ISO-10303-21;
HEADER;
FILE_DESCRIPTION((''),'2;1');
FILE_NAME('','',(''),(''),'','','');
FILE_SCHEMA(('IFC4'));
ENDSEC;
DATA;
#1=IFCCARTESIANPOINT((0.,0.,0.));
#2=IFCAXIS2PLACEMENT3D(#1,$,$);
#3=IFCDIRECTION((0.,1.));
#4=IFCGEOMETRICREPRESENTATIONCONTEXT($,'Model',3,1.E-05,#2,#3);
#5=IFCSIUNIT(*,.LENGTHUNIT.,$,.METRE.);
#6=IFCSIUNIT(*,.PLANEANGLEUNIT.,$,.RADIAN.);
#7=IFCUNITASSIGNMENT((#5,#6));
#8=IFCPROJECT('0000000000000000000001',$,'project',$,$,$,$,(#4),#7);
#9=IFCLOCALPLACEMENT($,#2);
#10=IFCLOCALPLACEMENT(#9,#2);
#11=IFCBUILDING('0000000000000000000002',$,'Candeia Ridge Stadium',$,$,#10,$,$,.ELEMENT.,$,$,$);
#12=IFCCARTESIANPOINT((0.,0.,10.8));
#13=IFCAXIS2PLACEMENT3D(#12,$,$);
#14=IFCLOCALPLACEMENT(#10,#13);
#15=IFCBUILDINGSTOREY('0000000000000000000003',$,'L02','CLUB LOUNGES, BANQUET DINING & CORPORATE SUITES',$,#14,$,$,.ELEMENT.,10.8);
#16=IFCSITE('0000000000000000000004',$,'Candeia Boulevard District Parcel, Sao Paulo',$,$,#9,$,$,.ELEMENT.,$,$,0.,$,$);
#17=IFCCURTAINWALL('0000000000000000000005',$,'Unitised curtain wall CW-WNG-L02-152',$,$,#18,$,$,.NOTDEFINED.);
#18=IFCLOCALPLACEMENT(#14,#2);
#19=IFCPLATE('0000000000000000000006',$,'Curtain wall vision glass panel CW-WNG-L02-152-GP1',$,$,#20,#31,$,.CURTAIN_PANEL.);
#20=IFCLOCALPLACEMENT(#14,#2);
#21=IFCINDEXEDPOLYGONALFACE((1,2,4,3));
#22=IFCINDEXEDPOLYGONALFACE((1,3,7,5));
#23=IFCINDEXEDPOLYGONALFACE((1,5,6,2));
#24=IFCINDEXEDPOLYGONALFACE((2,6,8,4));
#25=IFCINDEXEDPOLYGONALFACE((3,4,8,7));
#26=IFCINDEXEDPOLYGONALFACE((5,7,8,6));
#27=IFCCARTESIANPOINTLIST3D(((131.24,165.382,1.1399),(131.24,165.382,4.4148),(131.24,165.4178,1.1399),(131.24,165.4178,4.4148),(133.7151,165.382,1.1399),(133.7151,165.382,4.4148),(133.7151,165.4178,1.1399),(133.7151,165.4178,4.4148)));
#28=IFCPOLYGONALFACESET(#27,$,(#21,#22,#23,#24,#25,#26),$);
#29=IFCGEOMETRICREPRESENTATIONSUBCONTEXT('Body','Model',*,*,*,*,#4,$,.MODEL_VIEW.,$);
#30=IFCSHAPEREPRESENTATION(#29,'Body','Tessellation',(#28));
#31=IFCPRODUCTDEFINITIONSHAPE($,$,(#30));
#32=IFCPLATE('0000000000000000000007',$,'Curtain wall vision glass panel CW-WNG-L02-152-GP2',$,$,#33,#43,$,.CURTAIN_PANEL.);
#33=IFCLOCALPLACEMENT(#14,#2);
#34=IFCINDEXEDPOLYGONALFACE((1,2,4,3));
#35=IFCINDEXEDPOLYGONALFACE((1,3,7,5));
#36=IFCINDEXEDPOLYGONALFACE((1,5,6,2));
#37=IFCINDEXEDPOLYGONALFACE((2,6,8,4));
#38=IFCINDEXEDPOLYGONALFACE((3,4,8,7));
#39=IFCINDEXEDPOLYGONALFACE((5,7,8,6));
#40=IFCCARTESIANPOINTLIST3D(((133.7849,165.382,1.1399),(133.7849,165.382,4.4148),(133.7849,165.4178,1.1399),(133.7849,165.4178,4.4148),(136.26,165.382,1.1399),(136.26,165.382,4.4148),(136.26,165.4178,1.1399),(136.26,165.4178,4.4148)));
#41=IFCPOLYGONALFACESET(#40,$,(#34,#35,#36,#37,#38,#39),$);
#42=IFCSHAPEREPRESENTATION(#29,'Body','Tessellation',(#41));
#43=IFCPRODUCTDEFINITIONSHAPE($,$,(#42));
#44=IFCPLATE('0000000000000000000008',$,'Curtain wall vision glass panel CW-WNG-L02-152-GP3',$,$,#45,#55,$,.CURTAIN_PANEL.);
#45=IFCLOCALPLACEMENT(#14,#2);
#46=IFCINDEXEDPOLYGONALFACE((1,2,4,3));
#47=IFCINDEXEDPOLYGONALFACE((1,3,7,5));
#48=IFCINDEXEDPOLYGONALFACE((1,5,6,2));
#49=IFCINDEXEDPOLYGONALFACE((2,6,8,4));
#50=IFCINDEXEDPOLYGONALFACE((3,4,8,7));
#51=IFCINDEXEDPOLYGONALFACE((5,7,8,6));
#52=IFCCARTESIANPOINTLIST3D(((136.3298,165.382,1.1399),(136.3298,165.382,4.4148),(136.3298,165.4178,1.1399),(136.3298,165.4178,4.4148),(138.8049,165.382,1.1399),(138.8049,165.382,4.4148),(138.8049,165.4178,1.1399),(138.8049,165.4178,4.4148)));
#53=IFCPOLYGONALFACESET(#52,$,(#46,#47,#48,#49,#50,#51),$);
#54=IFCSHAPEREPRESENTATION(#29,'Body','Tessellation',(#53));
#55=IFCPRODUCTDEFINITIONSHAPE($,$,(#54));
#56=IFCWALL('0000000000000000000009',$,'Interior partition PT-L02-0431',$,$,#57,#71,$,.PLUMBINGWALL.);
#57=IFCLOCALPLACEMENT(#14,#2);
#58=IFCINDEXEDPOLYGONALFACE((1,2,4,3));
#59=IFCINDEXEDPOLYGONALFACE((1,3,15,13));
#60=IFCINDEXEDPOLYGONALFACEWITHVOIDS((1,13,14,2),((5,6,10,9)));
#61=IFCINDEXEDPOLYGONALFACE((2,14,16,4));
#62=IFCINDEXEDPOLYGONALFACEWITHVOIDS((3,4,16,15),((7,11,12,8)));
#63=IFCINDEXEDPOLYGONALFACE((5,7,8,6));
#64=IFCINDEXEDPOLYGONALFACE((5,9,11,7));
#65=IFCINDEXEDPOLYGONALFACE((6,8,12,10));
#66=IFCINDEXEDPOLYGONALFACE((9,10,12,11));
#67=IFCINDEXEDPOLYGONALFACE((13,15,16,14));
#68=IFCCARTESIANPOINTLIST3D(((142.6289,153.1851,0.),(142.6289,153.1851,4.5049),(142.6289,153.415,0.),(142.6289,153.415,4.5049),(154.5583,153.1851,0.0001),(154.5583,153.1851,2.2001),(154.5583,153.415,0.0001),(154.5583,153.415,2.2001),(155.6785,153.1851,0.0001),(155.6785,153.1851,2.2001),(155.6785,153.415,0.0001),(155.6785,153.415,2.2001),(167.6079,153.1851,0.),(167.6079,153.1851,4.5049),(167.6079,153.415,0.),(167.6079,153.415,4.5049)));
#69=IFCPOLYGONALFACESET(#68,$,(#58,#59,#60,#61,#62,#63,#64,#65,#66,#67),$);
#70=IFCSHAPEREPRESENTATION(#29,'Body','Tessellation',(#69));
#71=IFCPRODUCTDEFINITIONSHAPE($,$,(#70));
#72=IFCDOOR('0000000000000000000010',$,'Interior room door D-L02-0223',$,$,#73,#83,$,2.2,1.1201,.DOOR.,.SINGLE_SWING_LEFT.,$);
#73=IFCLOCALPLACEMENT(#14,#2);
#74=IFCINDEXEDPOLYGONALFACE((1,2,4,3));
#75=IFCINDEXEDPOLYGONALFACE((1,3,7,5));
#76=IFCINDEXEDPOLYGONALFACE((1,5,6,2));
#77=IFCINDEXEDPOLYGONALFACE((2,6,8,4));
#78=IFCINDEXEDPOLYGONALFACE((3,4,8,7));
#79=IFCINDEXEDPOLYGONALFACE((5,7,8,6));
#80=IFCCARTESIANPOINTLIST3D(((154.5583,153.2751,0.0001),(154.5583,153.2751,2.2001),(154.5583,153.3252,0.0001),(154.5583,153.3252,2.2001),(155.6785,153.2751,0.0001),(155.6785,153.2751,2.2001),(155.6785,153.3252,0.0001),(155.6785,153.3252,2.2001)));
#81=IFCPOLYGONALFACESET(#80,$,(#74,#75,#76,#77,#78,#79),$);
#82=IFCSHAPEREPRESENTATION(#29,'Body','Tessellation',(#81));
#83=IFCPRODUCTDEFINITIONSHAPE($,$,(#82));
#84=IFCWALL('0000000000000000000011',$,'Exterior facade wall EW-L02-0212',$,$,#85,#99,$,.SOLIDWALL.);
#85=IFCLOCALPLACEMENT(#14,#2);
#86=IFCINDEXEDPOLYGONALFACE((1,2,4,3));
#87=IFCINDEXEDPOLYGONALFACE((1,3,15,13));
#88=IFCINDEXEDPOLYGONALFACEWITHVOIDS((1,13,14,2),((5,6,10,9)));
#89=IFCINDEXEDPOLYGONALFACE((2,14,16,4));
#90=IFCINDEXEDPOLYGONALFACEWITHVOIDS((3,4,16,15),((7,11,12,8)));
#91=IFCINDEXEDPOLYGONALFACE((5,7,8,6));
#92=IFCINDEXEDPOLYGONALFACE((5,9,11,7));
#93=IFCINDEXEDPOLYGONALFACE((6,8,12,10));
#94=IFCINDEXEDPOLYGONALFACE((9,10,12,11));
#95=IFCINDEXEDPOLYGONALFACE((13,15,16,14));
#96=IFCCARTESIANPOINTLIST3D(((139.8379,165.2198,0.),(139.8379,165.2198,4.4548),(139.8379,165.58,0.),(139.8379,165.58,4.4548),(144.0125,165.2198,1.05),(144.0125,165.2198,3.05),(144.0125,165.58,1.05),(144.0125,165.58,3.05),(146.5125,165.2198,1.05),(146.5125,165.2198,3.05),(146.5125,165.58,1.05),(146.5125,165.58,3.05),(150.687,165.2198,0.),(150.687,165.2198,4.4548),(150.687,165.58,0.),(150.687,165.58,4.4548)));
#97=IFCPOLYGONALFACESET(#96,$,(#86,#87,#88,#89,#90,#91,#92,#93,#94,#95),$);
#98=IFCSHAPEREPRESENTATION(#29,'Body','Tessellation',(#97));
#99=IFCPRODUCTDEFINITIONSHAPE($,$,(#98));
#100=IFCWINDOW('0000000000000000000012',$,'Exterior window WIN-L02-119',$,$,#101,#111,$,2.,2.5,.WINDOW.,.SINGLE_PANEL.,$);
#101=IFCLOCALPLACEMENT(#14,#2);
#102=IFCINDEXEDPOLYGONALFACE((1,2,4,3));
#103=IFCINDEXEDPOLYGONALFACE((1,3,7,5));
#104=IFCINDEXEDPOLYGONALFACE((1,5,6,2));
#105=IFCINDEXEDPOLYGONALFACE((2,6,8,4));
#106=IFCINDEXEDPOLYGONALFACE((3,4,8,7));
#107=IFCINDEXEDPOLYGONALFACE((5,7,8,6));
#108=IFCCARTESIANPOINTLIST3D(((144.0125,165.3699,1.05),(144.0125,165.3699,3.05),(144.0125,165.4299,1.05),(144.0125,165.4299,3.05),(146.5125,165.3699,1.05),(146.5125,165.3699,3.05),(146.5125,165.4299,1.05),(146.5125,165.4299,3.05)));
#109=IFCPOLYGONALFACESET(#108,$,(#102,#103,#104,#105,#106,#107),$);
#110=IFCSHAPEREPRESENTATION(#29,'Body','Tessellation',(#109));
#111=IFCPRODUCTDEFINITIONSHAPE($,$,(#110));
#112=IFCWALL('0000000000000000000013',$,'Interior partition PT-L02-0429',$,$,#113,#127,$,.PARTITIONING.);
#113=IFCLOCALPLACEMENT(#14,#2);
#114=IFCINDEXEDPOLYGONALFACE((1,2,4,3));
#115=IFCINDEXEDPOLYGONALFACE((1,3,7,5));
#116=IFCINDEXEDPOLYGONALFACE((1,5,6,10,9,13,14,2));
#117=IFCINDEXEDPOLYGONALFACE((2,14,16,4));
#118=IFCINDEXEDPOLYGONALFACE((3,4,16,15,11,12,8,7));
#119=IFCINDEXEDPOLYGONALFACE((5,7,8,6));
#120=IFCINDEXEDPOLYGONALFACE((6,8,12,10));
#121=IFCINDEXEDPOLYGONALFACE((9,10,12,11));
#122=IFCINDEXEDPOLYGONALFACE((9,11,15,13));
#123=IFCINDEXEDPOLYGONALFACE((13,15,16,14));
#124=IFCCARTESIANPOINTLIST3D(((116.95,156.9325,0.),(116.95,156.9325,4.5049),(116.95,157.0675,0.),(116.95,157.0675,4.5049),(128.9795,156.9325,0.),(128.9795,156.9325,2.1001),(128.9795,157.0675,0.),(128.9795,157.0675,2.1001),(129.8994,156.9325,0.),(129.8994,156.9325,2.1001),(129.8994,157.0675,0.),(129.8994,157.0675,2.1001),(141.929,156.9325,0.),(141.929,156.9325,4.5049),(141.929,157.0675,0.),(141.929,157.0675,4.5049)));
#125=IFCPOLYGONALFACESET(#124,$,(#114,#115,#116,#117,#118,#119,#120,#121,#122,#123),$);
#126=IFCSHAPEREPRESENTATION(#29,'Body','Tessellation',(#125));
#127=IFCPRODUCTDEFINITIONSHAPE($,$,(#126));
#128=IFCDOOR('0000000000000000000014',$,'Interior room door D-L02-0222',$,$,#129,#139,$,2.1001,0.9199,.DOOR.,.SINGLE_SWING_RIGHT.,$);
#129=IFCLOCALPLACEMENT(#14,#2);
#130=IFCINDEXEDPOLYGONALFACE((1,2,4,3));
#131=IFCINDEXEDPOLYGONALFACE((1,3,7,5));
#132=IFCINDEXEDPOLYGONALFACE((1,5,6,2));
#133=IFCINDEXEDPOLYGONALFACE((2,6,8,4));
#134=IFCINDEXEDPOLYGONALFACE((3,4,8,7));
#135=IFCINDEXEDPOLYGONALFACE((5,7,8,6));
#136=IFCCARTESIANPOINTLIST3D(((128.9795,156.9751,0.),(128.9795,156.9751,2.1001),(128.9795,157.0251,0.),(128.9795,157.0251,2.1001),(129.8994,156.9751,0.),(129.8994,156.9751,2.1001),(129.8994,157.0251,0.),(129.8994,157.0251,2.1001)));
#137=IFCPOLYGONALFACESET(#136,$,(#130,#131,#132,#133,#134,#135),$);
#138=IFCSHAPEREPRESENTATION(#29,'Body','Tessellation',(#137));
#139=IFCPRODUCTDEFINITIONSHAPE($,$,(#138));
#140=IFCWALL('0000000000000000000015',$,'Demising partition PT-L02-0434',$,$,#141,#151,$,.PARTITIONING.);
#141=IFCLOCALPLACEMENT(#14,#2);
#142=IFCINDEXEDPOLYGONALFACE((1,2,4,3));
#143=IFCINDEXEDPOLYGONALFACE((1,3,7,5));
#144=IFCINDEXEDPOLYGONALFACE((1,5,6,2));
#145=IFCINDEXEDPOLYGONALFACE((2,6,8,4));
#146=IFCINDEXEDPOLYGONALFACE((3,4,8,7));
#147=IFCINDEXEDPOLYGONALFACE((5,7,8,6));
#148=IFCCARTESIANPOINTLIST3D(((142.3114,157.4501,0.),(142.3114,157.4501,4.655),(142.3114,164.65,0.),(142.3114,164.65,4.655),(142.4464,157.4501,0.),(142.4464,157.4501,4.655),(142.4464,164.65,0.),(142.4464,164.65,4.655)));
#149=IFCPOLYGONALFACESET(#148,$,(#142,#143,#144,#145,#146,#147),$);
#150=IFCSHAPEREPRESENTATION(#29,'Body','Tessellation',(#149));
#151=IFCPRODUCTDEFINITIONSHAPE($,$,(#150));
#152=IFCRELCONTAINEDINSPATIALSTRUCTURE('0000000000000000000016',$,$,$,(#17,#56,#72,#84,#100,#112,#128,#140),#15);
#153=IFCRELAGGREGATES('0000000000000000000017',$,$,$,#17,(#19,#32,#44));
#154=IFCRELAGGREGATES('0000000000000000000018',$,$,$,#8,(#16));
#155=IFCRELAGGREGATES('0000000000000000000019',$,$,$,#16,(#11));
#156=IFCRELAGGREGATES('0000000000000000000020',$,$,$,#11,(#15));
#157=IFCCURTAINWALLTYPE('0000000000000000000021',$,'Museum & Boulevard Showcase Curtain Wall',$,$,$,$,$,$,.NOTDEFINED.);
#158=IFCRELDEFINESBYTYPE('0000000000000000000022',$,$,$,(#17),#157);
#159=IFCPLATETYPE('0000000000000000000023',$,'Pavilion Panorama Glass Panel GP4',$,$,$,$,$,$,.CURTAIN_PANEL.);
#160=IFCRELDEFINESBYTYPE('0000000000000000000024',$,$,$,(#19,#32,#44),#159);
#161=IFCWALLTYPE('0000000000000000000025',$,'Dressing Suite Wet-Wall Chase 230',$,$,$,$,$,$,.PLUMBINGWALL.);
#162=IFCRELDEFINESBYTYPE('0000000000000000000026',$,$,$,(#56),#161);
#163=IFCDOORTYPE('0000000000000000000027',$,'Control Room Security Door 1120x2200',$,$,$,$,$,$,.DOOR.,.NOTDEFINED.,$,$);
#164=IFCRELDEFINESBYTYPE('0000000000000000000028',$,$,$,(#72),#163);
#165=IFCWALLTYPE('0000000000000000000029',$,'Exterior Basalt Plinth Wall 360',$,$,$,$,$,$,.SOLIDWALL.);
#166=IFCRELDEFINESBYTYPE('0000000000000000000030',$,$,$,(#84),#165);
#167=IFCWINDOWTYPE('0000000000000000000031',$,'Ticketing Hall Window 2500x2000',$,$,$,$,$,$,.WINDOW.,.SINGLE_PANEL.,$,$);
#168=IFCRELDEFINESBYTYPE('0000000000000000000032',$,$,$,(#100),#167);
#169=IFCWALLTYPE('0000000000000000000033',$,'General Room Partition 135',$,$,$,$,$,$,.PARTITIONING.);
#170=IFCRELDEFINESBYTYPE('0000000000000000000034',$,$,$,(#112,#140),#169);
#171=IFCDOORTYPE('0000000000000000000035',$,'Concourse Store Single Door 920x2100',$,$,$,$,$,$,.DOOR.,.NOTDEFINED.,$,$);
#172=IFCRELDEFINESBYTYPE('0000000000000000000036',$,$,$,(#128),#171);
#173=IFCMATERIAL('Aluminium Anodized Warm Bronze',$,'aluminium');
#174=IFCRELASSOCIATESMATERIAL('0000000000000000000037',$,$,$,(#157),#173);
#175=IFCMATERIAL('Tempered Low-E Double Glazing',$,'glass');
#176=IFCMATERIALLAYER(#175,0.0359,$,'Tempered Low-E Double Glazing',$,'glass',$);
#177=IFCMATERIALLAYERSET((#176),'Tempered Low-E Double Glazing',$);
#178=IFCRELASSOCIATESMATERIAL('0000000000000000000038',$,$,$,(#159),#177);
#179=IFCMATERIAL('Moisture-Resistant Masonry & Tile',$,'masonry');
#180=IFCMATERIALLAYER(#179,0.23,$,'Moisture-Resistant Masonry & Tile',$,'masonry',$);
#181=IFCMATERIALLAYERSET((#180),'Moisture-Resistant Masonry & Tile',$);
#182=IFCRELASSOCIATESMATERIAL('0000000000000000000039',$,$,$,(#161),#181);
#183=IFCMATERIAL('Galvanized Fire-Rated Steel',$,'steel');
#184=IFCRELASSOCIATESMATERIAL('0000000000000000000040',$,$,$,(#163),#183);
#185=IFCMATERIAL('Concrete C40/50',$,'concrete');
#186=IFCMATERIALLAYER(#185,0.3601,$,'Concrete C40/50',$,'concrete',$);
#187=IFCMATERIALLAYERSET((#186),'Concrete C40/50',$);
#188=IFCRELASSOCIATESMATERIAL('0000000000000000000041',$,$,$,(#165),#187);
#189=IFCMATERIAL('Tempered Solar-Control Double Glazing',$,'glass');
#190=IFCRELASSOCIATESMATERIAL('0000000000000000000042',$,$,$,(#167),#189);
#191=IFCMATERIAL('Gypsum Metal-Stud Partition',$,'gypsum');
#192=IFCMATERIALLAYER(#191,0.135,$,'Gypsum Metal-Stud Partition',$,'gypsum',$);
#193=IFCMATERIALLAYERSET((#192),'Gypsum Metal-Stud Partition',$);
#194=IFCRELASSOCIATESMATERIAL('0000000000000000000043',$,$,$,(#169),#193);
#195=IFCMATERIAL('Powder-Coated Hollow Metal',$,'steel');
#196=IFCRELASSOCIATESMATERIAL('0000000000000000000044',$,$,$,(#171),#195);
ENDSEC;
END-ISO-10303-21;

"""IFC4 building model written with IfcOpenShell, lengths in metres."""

from ifc_helpers import new_model, si_unit, direction, frame, frame_2d, origin, origin_2d, place, context, subcontext, project, spatial, rectangle, extrude, material, layer, layer_set, type_object, element, fill, aggregate, save


model = new_model("IFC4")

# Units and contexts
model_context = context("Model", 3, precision=1e-05, world=origin(), true_north=direction((0.0, 1.0)))
body_context = subcontext(model_context, "Body", "Model", "MODEL_VIEW")
ifc_project = project(units=[si_unit("LENGTHUNIT", "METRE"), si_unit("PLANEANGLEUNIT", "RADIAN")], contexts=[model_context])

# Site, building, storey
site_placement = place(None, origin())
site = spatial("IfcSite", under=ifc_project, at=site_placement, Name="Candeia Boulevard District Parcel, Sao Paulo", CompositionType="ELEMENT", RefElevation=0.0)
building_placement = place(site_placement, origin())
building = spatial("IfcBuilding", under=site, at=building_placement, Name="Candeia Ridge Stadium", CompositionType="ELEMENT")
storey_placement = place(building_placement, frame((0.0, 0.0, 10.8)))
storey = spatial("IfcBuildingStorey", under=building, at=storey_placement, Name="L02", Description="CLUB LOUNGES, BANQUET DINING & CORPORATE SUITES", CompositionType="ELEMENT", Elevation=10.8)

# Shared definitions
ifc_material_1 = material(Name="Concrete C40/50", Category="concrete")

# Curtain wall
ifc_material_2 = material(Name="Aluminium Anodized Warm Bronze", Category="aluminium")
curtain_wall_type = type_object("IfcCurtainWallType", Name="Museum & Boulevard Showcase Curtain Wall", PredefinedType="NOTDEFINED", material=ifc_material_2)
curtain_wall_placement = place(storey_placement, origin())
curtain_wall = element("IfcCurtainWall", 1, at=curtain_wall_placement, inside=storey, type_object=curtain_wall_type, Name="Unitised curtain wall CW-WNG-L02-152", PredefinedType="NOTDEFINED")

# Plates
ifc_material_3 = material(Name="Tempered Low-E Double Glazing", Category="glass")
ifc_layer_1 = layer(ifc_material_3, 0.0359, Name="Tempered Low-E Double Glazing", Category="glass")
ifc_layer_set_1 = layer_set([ifc_layer_1], Name="Tempered Low-E Double Glazing")
plate_type_1 = type_object("IfcPlateType", Name="Pavilion Panorama Glass Panel GP4", PredefinedType="CURTAIN_PANEL", material=ifc_layer_set_1)
plate_1_placement = place(storey_placement, frame((132.4775, 165.3999, 1.1399), z_axis=(0.0, 0.0, 1.0), x_axis=(1.0, 0.0, 0.0)))
plate_1 = element("IfcPlate", 2, at=plate_1_placement, type_object=plate_type_1, Name="Curtain wall vision glass panel CW-WNG-L02-152-GP1", PredefinedType="CURTAIN_PANEL", context=body_context, shape_type="SweptSolid", body=[
    extrude(rectangle(XDim=2.4751, YDim=0.0359, at=origin_2d()), origin(), (0.0, 0.0, 1.0), 3.2749),
])
plate_2_placement = place(storey_placement, frame((135.0225, 165.3999, 1.1399), z_axis=(0.0, 0.0, 1.0), x_axis=(1.0, 0.0, 0.0)))
plate_2 = element("IfcPlate", 3, at=plate_2_placement, type_object=plate_type_1, Name="Curtain wall vision glass panel CW-WNG-L02-152-GP2", PredefinedType="CURTAIN_PANEL", context=body_context, shape_type="SweptSolid", body=[
    extrude(rectangle(XDim=2.4751, YDim=0.0359, at=origin_2d()), origin(), (0.0, 0.0, 1.0), 3.2749),
])
plate_3_placement = place(storey_placement, frame((137.5674, 165.3999, 1.1399), z_axis=(0.0, 0.0, 1.0), x_axis=(1.0, 0.0, 0.0)))
plate_3 = element("IfcPlate", 4, at=plate_3_placement, type_object=plate_type_1, Name="Curtain wall vision glass panel CW-WNG-L02-152-GP3", PredefinedType="CURTAIN_PANEL", context=body_context, shape_type="SweptSolid", body=[
    extrude(rectangle(XDim=2.4751, YDim=0.0359, at=origin_2d()), origin(), (0.0, 0.0, 1.0), 3.2749),
])
aggregate(curtain_wall, [plate_1, plate_2, plate_3])

# Wall, opening, door
ifc_material_4 = material(Name="Moisture-Resistant Masonry & Tile", Category="masonry")
ifc_layer_2 = layer(ifc_material_4, 0.23, Name="Moisture-Resistant Masonry & Tile", Category="masonry")
ifc_layer_set_2 = layer_set([ifc_layer_2], Name="Moisture-Resistant Masonry & Tile")
wall_type_1 = type_object("IfcWallType", Name="Dressing Suite Wet-Wall Chase 230", PredefinedType="PLUMBINGWALL", material=ifc_layer_set_2)
wall_1_placement = place(storey_placement, frame((142.6289, 153.3, 0.0), z_axis=(0.0, 0.0, 1.0), x_axis=(1.0, 0.0, 0.0)))
wall_1 = element("IfcWall", 5, at=wall_1_placement, inside=storey, type_object=wall_type_1, Name="Interior partition PT-L02-0431", PredefinedType="PLUMBINGWALL", context=body_context, shape_type="SweptSolid", body=[
    extrude(rectangle(XDim=24.979, YDim=0.23, at=frame_2d((12.4895, 0.0))), origin(), (0.0, 0.0, 1.0), 4.5049),
])
opening_1_placement = place(wall_1_placement, frame((11.9294, 0.0, 0.0)))
opening_1 = element("IfcOpeningElement", 6, at=opening_1_placement, cuts=wall_1, PredefinedType="OPENING", context=body_context, shape_type="SweptSolid", body=[
    extrude(rectangle(XDim=1.1201, YDim=2.2, at=frame_2d((0.5601, 1.1001))), frame((0.0, 0.125, 0.0), z_axis=(0.0, -1.0, 0.0), x_axis=(1.0, 0.0, 0.0)), (0.0, 0.0, 1.0), 0.25),
])
ifc_material_5 = material(Name="Galvanized Fire-Rated Steel", Category="steel")
door_type_1 = type_object("IfcDoorType", Name="Control Room Security Door 1120x2200", OperationType="NOTDEFINED", PredefinedType="DOOR", material=ifc_material_5)
door_1_placement = place(opening_1_placement, frame((1.1201, 0.0, 0.0), z_axis=(0.0, 0.0, 1.0), x_axis=(-1.0, 0.0, 0.0)))
door_1 = element("IfcDoor", 7, at=door_1_placement, inside=storey, type_object=door_type_1, Name="Interior room door D-L02-0223", OperationType="SINGLE_SWING_LEFT", OverallHeight=2.2, OverallWidth=1.1201, PredefinedType="DOOR", context=body_context, shape_type="SweptSolid", body=[
    extrude(rectangle(XDim=1.1201, YDim=2.2, at=frame_2d((0.5601, 1.1001))), frame((0.0, 0.0249, 0.0), z_axis=(0.0, -1.0, 0.0), x_axis=(1.0, 0.0, 0.0)), (0.0, 0.0, 1.0), 0.05),
])
fill(opening_1, door_1)

# Wall, opening, window
ifc_layer_3 = layer(ifc_material_1, 0.3601, Name="Concrete C40/50", Category="concrete")
ifc_layer_set_3 = layer_set([ifc_layer_3], Name="Concrete C40/50")
wall_type_2 = type_object("IfcWallType", Name="Exterior Basalt Plinth Wall 360", PredefinedType="SOLIDWALL", material=ifc_layer_set_3)
wall_2_placement = place(storey_placement, frame((139.8379, 165.3999, 0.0), z_axis=(0.0, 0.0, 1.0), x_axis=(1.0, 0.0, 0.0)))
wall_2 = element("IfcWall", 8, at=wall_2_placement, inside=storey, type_object=wall_type_2, Name="Exterior facade wall EW-L02-0212", PredefinedType="SOLIDWALL", context=body_context, shape_type="SweptSolid", body=[
    extrude(rectangle(XDim=10.8491, YDim=0.3601, at=frame_2d((5.4246, 0.0))), origin(), (0.0, 0.0, 1.0), 4.4548),
])
opening_2_placement = place(wall_2_placement, frame((4.1746, 0.0, 1.05)))
opening_2 = element("IfcOpeningElement", 9, at=opening_2_placement, cuts=wall_2, PredefinedType="OPENING", context=body_context, shape_type="SweptSolid", body=[
    extrude(rectangle(XDim=2.5, YDim=2.0, at=frame_2d((1.25, 1.0))), frame((0.0, 0.1899, 0.0), z_axis=(0.0, -1.0, 0.0), x_axis=(1.0, 0.0, 0.0)), (0.0, 0.0, 1.0), 0.3801),
])
ifc_material_6 = material(Name="Tempered Solar-Control Double Glazing", Category="glass")
window_type = type_object("IfcWindowType", Name="Ticketing Hall Window 2500x2000", PartitioningType="SINGLE_PANEL", PredefinedType="WINDOW", material=ifc_material_6)
window_placement = place(opening_2_placement, origin())
window = element("IfcWindow", 10, at=window_placement, inside=storey, type_object=window_type, Name="Exterior window WIN-L02-119", OverallHeight=2.0, OverallWidth=2.5, PartitioningType="SINGLE_PANEL", PredefinedType="WINDOW", context=body_context, shape_type="SweptSolid", body=[
    extrude(rectangle(XDim=2.5, YDim=2.0, at=frame_2d((1.25, 1.0))), frame((0.0, 0.03, 0.0), z_axis=(0.0, -1.0, 0.0), x_axis=(1.0, 0.0, 0.0)), (0.0, 0.0, 1.0), 0.0601),
])
fill(opening_2, window)

# Wall, opening, door
ifc_material_7 = material(Name="Gypsum Metal-Stud Partition", Category="gypsum")
ifc_layer_4 = layer(ifc_material_7, 0.135, Name="Gypsum Metal-Stud Partition", Category="gypsum")
ifc_layer_set_4 = layer_set([ifc_layer_4], Name="Gypsum Metal-Stud Partition")
wall_type_3 = type_object("IfcWallType", Name="General Room Partition 135", PredefinedType="PARTITIONING", material=ifc_layer_set_4)
wall_3_placement = place(storey_placement, frame((141.929, 157.0, 0.0), z_axis=(0.0, 0.0, 1.0), x_axis=(-1.0, 0.0, 0.0)))
wall_3 = element("IfcWall", 11, at=wall_3_placement, inside=storey, type_object=wall_type_3, Name="Interior partition PT-L02-0429", PredefinedType="PARTITIONING", context=body_context, shape_type="SweptSolid", body=[
    extrude(rectangle(XDim=24.979, YDim=0.135, at=frame_2d((12.4895, 0.0))), origin(), (0.0, 0.0, 1.0), 4.5049),
])
opening_3_placement = place(wall_3_placement, frame((12.0295, 0.0, 0.0)))
opening_3 = element("IfcOpeningElement", 12, at=opening_3_placement, cuts=wall_3, PredefinedType="OPENING", context=body_context, shape_type="SweptSolid", body=[
    extrude(rectangle(XDim=0.9199, YDim=2.1001, at=frame_2d((0.46, 1.05))), frame((0.0, 0.0774, 0.0), z_axis=(0.0, -1.0, 0.0), x_axis=(1.0, 0.0, 0.0)), (0.0, 0.0, 1.0), 0.155),
])
ifc_material_8 = material(Name="Powder-Coated Hollow Metal", Category="steel")
door_type_2 = type_object("IfcDoorType", Name="Concourse Store Single Door 920x2100", OperationType="NOTDEFINED", PredefinedType="DOOR", material=ifc_material_8)
door_2_placement = place(opening_3_placement, origin())
door_2 = element("IfcDoor", 13, at=door_2_placement, inside=storey, type_object=door_type_2, Name="Interior room door D-L02-0222", OperationType="SINGLE_SWING_RIGHT", OverallHeight=2.1001, OverallWidth=0.9199, PredefinedType="DOOR", context=body_context, shape_type="SweptSolid", body=[
    extrude(rectangle(XDim=0.9199, YDim=2.1001, at=frame_2d((0.46, 1.05))), frame((0.0, 0.0249, 0.0), z_axis=(0.0, -1.0, 0.0), x_axis=(1.0, 0.0, 0.0)), (0.0, 0.0, 1.0), 0.05),
])
fill(opening_3, door_2)

# Wall
wall_4_placement = place(storey_placement, frame((142.3789, 157.45, 0.0), z_axis=(0.0, 0.0, 1.0), x_axis=(0.0, 1.0, 0.0)))
element("IfcWall", 14, at=wall_4_placement, inside=storey, type_object=wall_type_3, Name="Demising partition PT-L02-0434", PredefinedType="PARTITIONING", context=body_context, shape_type="SweptSolid", body=[
    extrude(rectangle(XDim=7.2, YDim=0.135, at=frame_2d((3.6001, 0.0))), origin(), (0.0, 0.0, 1.0), 4.655),
])

save(model, "model.ifc")
